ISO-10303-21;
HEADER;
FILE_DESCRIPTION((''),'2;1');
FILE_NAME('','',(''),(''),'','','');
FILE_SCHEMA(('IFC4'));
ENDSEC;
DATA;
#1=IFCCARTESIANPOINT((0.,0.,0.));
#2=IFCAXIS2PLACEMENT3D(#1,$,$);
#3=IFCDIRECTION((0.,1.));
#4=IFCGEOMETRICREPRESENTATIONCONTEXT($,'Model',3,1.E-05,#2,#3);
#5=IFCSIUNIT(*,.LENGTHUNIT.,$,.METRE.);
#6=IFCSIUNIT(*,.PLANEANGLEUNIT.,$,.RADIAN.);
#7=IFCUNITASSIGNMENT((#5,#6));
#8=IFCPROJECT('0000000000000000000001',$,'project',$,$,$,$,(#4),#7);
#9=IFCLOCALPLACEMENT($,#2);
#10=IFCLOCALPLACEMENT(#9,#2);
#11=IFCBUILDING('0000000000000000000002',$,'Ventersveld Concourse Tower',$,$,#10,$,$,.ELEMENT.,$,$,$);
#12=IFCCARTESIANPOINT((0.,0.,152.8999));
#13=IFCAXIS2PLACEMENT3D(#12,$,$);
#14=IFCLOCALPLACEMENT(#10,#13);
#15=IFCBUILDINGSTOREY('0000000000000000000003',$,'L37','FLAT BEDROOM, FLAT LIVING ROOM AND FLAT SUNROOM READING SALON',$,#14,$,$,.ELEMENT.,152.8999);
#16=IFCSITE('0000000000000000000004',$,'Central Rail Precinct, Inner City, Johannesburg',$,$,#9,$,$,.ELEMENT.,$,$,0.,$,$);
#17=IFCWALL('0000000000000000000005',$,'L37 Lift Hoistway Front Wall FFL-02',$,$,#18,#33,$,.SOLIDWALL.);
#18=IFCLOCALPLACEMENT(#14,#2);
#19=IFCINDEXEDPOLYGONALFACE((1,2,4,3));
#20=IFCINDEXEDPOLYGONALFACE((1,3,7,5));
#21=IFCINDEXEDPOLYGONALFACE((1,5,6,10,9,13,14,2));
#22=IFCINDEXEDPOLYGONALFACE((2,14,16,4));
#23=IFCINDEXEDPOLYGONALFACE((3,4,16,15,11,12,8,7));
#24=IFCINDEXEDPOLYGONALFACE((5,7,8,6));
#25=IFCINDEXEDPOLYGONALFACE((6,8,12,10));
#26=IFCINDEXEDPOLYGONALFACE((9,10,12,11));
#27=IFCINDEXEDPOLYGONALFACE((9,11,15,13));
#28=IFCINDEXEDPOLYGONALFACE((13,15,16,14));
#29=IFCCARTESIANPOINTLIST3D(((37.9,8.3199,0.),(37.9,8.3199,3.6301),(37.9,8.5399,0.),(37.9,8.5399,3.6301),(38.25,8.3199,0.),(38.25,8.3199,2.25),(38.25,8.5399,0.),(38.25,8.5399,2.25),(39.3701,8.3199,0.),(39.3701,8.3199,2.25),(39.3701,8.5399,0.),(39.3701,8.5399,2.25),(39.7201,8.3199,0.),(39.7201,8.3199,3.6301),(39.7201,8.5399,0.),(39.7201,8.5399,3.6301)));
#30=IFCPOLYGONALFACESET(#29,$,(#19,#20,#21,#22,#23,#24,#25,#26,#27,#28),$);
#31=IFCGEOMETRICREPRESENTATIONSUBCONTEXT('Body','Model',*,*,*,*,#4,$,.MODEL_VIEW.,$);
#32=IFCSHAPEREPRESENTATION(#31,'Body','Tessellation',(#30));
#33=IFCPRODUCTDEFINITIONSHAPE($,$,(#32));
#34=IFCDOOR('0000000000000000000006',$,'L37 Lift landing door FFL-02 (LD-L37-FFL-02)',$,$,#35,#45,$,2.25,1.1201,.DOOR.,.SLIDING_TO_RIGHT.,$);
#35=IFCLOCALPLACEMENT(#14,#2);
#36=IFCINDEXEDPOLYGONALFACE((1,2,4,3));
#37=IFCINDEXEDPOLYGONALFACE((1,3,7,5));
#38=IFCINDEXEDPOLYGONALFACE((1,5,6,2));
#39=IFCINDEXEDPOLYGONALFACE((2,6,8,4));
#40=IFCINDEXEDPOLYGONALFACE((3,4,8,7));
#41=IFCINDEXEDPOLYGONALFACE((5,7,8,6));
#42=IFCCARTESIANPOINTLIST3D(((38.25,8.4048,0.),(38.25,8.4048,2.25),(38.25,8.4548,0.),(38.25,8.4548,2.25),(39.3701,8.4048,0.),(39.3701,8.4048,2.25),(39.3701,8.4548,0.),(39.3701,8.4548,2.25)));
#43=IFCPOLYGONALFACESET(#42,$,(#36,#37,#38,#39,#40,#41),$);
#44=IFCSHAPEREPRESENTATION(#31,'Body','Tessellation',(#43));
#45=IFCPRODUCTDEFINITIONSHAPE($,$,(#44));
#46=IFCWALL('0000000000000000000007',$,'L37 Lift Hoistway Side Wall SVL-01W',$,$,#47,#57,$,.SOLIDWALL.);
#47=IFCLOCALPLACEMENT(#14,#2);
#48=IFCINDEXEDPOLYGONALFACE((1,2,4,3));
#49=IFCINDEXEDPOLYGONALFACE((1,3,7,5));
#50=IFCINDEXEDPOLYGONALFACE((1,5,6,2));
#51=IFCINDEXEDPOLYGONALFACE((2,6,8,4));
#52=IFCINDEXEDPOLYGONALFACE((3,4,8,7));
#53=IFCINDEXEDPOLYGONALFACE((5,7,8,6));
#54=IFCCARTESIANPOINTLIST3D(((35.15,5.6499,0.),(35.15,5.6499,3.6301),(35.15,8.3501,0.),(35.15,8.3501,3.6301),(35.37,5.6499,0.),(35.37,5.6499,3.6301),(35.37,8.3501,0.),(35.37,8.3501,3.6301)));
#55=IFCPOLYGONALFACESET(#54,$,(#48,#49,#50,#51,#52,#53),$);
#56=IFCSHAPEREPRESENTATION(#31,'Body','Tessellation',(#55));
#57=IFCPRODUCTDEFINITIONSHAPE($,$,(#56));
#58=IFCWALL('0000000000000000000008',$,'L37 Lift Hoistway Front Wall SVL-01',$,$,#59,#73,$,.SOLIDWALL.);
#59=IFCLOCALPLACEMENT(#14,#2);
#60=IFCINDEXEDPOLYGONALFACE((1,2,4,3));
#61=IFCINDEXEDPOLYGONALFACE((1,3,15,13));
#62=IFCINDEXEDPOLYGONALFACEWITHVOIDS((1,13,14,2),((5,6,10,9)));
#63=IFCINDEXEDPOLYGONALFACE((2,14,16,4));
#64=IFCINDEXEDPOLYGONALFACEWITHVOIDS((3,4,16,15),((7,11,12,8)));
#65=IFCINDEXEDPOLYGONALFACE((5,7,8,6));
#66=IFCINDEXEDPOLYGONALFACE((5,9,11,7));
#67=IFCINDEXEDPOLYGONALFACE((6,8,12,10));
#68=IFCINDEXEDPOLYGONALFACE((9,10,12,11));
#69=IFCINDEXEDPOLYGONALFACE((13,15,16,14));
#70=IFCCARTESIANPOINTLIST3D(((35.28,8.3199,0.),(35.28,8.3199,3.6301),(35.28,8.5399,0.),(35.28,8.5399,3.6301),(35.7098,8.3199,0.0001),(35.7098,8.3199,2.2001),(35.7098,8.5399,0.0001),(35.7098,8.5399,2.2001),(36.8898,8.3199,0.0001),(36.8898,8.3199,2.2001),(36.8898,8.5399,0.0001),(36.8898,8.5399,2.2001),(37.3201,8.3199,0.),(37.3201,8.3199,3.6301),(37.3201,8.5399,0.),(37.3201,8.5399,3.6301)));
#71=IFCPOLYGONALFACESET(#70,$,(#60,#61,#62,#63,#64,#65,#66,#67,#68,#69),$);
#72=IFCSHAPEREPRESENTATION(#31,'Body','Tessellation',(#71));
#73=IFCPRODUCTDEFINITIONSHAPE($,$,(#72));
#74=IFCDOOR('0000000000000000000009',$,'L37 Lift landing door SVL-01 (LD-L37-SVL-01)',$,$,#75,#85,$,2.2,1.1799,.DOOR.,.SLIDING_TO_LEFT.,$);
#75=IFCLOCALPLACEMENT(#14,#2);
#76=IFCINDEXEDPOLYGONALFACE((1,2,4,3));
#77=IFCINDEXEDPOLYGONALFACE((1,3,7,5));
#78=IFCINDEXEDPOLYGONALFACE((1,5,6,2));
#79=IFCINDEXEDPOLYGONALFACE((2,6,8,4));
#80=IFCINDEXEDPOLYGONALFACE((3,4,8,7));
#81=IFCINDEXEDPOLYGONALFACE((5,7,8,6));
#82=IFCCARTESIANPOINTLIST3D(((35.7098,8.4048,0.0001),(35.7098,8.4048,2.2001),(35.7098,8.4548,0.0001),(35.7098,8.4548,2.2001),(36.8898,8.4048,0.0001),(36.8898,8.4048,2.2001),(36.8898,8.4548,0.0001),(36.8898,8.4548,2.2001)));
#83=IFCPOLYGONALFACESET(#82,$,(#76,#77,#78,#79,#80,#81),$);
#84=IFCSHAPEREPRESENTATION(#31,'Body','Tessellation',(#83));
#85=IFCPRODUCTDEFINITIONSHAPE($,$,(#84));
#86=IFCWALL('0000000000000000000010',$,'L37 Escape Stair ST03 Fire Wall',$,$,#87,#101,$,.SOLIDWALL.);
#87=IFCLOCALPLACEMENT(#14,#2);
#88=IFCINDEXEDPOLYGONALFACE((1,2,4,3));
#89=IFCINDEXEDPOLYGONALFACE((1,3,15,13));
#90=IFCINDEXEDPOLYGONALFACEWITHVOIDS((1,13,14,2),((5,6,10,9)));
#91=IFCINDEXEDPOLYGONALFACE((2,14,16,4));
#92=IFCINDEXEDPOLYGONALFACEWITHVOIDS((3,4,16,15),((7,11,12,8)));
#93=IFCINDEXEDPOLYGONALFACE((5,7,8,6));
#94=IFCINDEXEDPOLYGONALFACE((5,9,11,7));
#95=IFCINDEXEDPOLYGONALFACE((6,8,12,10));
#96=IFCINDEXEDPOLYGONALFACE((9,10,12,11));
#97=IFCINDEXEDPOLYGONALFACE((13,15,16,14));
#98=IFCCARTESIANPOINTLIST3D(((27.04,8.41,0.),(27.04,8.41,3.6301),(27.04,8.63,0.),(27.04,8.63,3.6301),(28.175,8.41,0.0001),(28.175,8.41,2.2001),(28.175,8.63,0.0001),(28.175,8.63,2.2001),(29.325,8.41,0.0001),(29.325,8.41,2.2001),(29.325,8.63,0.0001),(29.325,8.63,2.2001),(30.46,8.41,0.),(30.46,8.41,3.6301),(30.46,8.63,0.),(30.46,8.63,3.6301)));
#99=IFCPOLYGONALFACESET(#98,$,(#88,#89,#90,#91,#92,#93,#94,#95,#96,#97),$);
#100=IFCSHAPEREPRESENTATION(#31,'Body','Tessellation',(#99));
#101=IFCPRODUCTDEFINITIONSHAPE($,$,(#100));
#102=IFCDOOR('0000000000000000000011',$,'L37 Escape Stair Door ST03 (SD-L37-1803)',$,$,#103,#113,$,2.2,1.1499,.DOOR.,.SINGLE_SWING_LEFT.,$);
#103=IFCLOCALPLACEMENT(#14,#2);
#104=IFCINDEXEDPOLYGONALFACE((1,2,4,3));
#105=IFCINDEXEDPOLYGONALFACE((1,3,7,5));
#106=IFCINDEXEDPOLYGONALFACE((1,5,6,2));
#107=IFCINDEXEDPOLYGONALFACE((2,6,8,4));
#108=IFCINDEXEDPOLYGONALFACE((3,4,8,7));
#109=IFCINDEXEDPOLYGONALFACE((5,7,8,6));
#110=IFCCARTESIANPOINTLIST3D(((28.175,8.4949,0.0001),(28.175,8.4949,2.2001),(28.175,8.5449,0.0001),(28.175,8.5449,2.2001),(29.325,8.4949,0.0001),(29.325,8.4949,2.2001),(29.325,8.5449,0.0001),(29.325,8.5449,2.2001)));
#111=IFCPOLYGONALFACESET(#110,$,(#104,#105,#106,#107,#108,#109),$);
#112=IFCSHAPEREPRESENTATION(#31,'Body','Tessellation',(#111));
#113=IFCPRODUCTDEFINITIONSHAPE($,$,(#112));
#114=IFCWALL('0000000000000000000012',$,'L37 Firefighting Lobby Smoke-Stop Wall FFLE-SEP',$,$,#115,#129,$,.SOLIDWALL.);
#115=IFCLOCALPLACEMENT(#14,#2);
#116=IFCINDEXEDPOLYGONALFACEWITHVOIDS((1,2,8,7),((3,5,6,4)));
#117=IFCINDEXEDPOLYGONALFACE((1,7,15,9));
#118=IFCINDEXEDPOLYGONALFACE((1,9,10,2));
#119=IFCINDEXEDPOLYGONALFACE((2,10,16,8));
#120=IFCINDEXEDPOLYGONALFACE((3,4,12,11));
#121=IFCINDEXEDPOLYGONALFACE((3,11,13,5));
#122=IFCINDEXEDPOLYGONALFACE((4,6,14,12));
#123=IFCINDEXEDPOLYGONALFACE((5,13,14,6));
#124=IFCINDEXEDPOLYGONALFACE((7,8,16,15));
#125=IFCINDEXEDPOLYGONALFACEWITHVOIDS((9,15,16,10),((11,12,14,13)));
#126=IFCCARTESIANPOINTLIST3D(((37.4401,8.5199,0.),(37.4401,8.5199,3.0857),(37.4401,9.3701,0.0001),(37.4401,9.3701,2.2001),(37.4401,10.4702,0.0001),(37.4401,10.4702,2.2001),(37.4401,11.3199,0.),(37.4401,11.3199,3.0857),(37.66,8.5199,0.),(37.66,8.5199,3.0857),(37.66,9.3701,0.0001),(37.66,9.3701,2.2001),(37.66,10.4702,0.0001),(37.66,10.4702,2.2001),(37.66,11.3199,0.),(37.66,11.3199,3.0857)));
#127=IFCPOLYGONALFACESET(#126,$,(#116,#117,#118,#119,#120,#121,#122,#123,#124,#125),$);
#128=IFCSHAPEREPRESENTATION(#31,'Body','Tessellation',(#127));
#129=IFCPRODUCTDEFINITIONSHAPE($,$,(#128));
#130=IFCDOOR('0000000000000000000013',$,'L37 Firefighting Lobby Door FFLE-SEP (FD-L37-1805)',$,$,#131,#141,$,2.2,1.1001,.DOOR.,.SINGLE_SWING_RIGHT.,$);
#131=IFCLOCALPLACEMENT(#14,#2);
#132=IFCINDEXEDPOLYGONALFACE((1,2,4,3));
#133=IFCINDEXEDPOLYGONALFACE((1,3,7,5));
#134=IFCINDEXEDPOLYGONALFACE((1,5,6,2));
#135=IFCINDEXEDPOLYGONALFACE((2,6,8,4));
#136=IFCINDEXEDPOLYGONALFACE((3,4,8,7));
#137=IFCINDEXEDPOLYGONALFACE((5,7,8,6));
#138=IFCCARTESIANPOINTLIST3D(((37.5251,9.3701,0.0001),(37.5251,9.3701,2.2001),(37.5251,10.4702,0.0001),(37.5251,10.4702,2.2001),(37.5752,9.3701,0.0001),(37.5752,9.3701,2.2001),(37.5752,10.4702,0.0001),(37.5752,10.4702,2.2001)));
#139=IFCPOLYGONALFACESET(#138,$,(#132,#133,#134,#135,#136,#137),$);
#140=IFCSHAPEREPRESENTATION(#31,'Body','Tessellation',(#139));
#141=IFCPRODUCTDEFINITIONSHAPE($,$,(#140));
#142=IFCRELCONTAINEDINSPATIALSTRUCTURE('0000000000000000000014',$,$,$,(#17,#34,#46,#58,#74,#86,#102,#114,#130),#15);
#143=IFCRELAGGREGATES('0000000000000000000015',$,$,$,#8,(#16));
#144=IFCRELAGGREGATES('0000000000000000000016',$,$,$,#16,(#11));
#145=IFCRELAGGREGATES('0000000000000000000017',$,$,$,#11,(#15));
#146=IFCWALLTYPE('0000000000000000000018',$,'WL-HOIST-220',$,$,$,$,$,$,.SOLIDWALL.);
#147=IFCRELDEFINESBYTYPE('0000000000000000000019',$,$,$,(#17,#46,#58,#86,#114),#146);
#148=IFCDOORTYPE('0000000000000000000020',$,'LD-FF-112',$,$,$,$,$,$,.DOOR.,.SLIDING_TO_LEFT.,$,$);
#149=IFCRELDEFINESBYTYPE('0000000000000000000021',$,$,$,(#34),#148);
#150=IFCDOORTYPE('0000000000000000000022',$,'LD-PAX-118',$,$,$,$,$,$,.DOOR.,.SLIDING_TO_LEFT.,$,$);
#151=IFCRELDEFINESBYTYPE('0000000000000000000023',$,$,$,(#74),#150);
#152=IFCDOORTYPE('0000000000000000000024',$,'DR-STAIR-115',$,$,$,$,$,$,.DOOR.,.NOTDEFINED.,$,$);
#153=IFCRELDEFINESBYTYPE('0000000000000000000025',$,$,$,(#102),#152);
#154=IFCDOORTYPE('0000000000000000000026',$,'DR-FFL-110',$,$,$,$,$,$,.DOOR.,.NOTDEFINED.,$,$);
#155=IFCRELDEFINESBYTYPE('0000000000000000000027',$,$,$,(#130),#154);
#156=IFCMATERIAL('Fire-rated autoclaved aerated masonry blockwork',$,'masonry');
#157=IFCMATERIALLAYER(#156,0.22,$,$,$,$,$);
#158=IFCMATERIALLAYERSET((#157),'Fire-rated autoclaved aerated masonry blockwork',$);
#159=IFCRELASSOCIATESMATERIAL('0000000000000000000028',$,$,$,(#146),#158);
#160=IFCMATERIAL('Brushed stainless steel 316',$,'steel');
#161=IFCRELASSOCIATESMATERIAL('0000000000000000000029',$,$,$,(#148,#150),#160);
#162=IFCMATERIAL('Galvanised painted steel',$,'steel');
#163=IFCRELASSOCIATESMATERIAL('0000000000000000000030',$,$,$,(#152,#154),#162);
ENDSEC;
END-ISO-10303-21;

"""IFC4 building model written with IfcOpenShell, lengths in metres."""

from ifc_helpers import new_model, si_unit, direction, frame, frame_2d, origin, place, context, subcontext, project, spatial, rectangle, extrude, material, layer, layer_set, type_object, element, fill, save


model = new_model("IFC4")

# Units and contexts
model_context = context("Model", 3, precision=1e-05, world=origin(), true_north=direction((0.0, 1.0)))
body_context = subcontext(model_context, "Body", "Model", "MODEL_VIEW")
ifc_project = project(units=[si_unit("LENGTHUNIT", "METRE"), si_unit("PLANEANGLEUNIT", "RADIAN")], contexts=[model_context])

# Site, building, storey
site_placement = place(None, origin())
site = spatial("IfcSite", under=ifc_project, at=site_placement, Name="Central Rail Precinct, Inner City, Johannesburg", CompositionType="ELEMENT", RefElevation=0.0)
building_placement = place(site_placement, origin())
building = spatial("IfcBuilding", under=site, at=building_placement, Name="Ventersveld Concourse Tower", CompositionType="ELEMENT")
storey_placement = place(building_placement, frame((0.0, 0.0, 152.8999)))
storey = spatial("IfcBuildingStorey", under=building, at=storey_placement, Name="L37", Description="FLAT BEDROOM, FLAT LIVING ROOM AND FLAT SUNROOM READING SALON", CompositionType="ELEMENT", Elevation=152.8999)

# Shared definitions
ifc_material_1 = material(Name="Fire-rated autoclaved aerated masonry blockwork", Category="masonry")
ifc_layer_1 = layer(ifc_material_1, 0.22)
ifc_layer_set_1 = layer_set([ifc_layer_1], Name="Fire-rated autoclaved aerated masonry blockwork")
wall_type_1 = type_object("IfcWallType", Name="WL-HOIST-220", PredefinedType="SOLIDWALL", material=ifc_layer_set_1)

# Wall, opening, door
wall_1_placement = place(storey_placement, frame((37.8999, 8.4299, 0.0), z_axis=(0.0, 0.0, 1.0), x_axis=(1.0, 0.0, 0.0)))
wall_1 = element("IfcWall", 1, at=wall_1_placement, inside=storey, type_object=wall_type_1, Name="L37 Lift Hoistway Front Wall FFL-02", PredefinedType="SOLIDWALL", context=body_context, shape_type="SweptSolid", body=[
    extrude(rectangle(XDim=1.8201, YDim=0.22, at=frame_2d((0.9102, 0.0))), origin(), (0.0, 0.0, 1.0), 3.6301),
])
opening_1_placement = place(wall_1_placement, frame((0.3501, 0.0, 0.0)))
opening_1 = element("IfcOpeningElement", 2, at=opening_1_placement, cuts=wall_1, PredefinedType="OPENING", context=body_context, shape_type="SweptSolid", body=[
    extrude(rectangle(XDim=1.1201, YDim=2.25, at=frame_2d((0.5601, 1.125))), frame((0.0, 0.1201, 0.0), z_axis=(0.0, -1.0, 0.0), x_axis=(1.0, 0.0, 0.0)), (0.0, 0.0, 1.0), 0.24),
])
ifc_material_2 = material(Name="Brushed stainless steel 316", Category="steel")
door_type_1 = type_object("IfcDoorType", Name="LD-FF-112", OperationType="SLIDING_TO_LEFT", PredefinedType="DOOR", material=ifc_material_2)
door_1_placement = place(opening_1_placement, origin())
door_1 = element("IfcDoor", 3, at=door_1_placement, inside=storey, type_object=door_type_1, Name="L37 Lift landing door FFL-02 (LD-L37-FFL-02)", OperationType="SLIDING_TO_RIGHT", OverallHeight=2.25, OverallWidth=1.1201, PredefinedType="DOOR", context=body_context, shape_type="SweptSolid", body=[
    extrude(rectangle(XDim=1.1201, YDim=2.25, at=frame_2d((0.5601, 1.125))), frame((0.0, 0.0249, 0.0), z_axis=(0.0, -1.0, 0.0), x_axis=(1.0, 0.0, 0.0)), (0.0, 0.0, 1.0), 0.05),
])
fill(opening_1, door_1)

# Wall
wall_2_placement = place(storey_placement, frame((35.26, 5.6499, 0.0), z_axis=(0.0, 0.0, 1.0), x_axis=(0.0, 1.0, 0.0)))
element("IfcWall", 4, at=wall_2_placement, inside=storey, type_object=wall_type_1, Name="L37 Lift Hoistway Side Wall SVL-01W", PredefinedType="SOLIDWALL", context=body_context, shape_type="SweptSolid", body=[
    extrude(rectangle(XDim=2.7002, YDim=0.22, at=frame_2d((1.3501, 0.0))), origin(), (0.0, 0.0, 1.0), 3.6301),
])

# Walls, openings, doors
wall_3_placement = place(storey_placement, frame((35.28, 8.4299, 0.0), z_axis=(0.0, 0.0, 1.0), x_axis=(1.0, 0.0, 0.0)))
wall_3 = element("IfcWall", 5, at=wall_3_placement, inside=storey, type_object=wall_type_1, Name="L37 Lift Hoistway Front Wall SVL-01", PredefinedType="SOLIDWALL", context=body_context, shape_type="SweptSolid", body=[
    extrude(rectangle(XDim=2.04, YDim=0.22, at=frame_2d((1.02, 0.0))), origin(), (0.0, 0.0, 1.0), 3.6301),
])
opening_2_placement = place(wall_3_placement, frame((0.4299, 0.0, 0.0)))
opening_2 = element("IfcOpeningElement", 6, at=opening_2_placement, cuts=wall_3, PredefinedType="OPENING", context=body_context, shape_type="SweptSolid", body=[
    extrude(rectangle(XDim=1.1799, YDim=2.2, at=frame_2d((0.5898, 1.1001))), frame((0.0, 0.1201, 0.0), z_axis=(0.0, -1.0, 0.0), x_axis=(1.0, 0.0, 0.0)), (0.0, 0.0, 1.0), 0.24),
])
door_type_2 = type_object("IfcDoorType", Name="LD-PAX-118", OperationType="SLIDING_TO_LEFT", PredefinedType="DOOR", material=ifc_material_2)
door_2_placement = place(opening_2_placement, origin())
door_2 = element("IfcDoor", 7, at=door_2_placement, inside=storey, type_object=door_type_2, Name="L37 Lift landing door SVL-01 (LD-L37-SVL-01)", OperationType="SLIDING_TO_LEFT", OverallHeight=2.2, OverallWidth=1.1799, PredefinedType="DOOR", context=body_context, shape_type="SweptSolid", body=[
    extrude(rectangle(XDim=1.1799, YDim=2.2, at=frame_2d((0.5898, 1.1001))), frame((0.0, 0.0249, 0.0), z_axis=(0.0, -1.0, 0.0), x_axis=(1.0, 0.0, 0.0)), (0.0, 0.0, 1.0), 0.05),
])
fill(opening_2, door_2)
wall_4_placement = place(storey_placement, frame((27.04, 8.52, 0.0), z_axis=(0.0, 0.0, 1.0), x_axis=(1.0, 0.0, 0.0)))
wall_4 = element("IfcWall", 8, at=wall_4_placement, inside=storey, type_object=wall_type_1, Name="L37 Escape Stair ST03 Fire Wall", PredefinedType="SOLIDWALL", context=body_context, shape_type="SweptSolid", body=[
    extrude(rectangle(XDim=3.4199, YDim=0.22, at=frame_2d((1.71, 0.0))), origin(), (0.0, 0.0, 1.0), 3.6301),
])
opening_3_placement = place(wall_4_placement, frame((1.135, 0.0, 0.0)))
opening_3 = element("IfcOpeningElement", 9, at=opening_3_placement, cuts=wall_4, PredefinedType="OPENING", context=body_context, shape_type="SweptSolid", body=[
    extrude(rectangle(XDim=1.1499, YDim=2.2, at=frame_2d((0.575, 1.1001))), frame((0.0, 0.1201, 0.0), z_axis=(0.0, -1.0, 0.0), x_axis=(1.0, 0.0, 0.0)), (0.0, 0.0, 1.0), 0.24),
])
ifc_material_3 = material(Name="Galvanised painted steel", Category="steel")
door_type_3 = type_object("IfcDoorType", Name="DR-STAIR-115", OperationType="NOTDEFINED", PredefinedType="DOOR", material=ifc_material_3)
door_3_placement = place(opening_3_placement, origin())
door_3 = element("IfcDoor", 10, at=door_3_placement, inside=storey, type_object=door_type_3, Name="L37 Escape Stair Door ST03 (SD-L37-1803)", OperationType="SINGLE_SWING_LEFT", OverallHeight=2.2, OverallWidth=1.1499, PredefinedType="DOOR", context=body_context, shape_type="SweptSolid", body=[
    extrude(rectangle(XDim=1.1499, YDim=2.2, at=frame_2d((0.575, 1.1001))), frame((0.0, 0.0249, 0.0), z_axis=(0.0, -1.0, 0.0), x_axis=(1.0, 0.0, 0.0)), (0.0, 0.0, 1.0), 0.05),
])
fill(opening_3, door_3)
wall_5_placement = place(storey_placement, frame((37.55, 8.52, 0.0), z_axis=(0.0, 0.0, 1.0), x_axis=(0.0, 1.0, 0.0)))
wall_5 = element("IfcWall", 11, at=wall_5_placement, inside=storey, type_object=wall_type_1, Name="L37 Firefighting Lobby Smoke-Stop Wall FFLE-SEP", PredefinedType="SOLIDWALL", context=body_context, shape_type="SweptSolid", body=[
    extrude(rectangle(XDim=2.8, YDim=0.22, at=frame_2d((1.3999, 0.0))), origin(), (0.0, 0.0, 1.0), 3.0857),
])
opening_4_placement = place(wall_5_placement, frame((0.8501, 0.0, 0.0)))
opening_4 = element("IfcOpeningElement", 12, at=opening_4_placement, cuts=wall_5, PredefinedType="OPENING", context=body_context, shape_type="SweptSolid", body=[
    extrude(rectangle(XDim=1.1001, YDim=2.2, at=frame_2d((0.55, 1.1001))), frame((0.0, 0.1201, 0.0), z_axis=(0.0, -1.0, 0.0), x_axis=(1.0, 0.0, 0.0)), (0.0, 0.0, 1.0), 0.24),
])
door_type_4 = type_object("IfcDoorType", Name="DR-FFL-110", OperationType="NOTDEFINED", PredefinedType="DOOR", material=ifc_material_3)
door_4_placement = place(opening_4_placement, origin())
door_4 = element("IfcDoor", 13, at=door_4_placement, inside=storey, type_object=door_type_4, Name="L37 Firefighting Lobby Door FFLE-SEP (FD-L37-1805)", OperationType="SINGLE_SWING_RIGHT", OverallHeight=2.2, OverallWidth=1.1001, PredefinedType="DOOR", context=body_context, shape_type="SweptSolid", body=[
    extrude(rectangle(XDim=1.1001, YDim=2.2, at=frame_2d((0.55, 1.1001))), frame((0.0, 0.0249, 0.0), z_axis=(0.0, -1.0, 0.0), x_axis=(1.0, 0.0, 0.0)), (0.0, 0.0, 1.0), 0.05),
])
fill(opening_4, door_4)

save(model, "model.ifc")
